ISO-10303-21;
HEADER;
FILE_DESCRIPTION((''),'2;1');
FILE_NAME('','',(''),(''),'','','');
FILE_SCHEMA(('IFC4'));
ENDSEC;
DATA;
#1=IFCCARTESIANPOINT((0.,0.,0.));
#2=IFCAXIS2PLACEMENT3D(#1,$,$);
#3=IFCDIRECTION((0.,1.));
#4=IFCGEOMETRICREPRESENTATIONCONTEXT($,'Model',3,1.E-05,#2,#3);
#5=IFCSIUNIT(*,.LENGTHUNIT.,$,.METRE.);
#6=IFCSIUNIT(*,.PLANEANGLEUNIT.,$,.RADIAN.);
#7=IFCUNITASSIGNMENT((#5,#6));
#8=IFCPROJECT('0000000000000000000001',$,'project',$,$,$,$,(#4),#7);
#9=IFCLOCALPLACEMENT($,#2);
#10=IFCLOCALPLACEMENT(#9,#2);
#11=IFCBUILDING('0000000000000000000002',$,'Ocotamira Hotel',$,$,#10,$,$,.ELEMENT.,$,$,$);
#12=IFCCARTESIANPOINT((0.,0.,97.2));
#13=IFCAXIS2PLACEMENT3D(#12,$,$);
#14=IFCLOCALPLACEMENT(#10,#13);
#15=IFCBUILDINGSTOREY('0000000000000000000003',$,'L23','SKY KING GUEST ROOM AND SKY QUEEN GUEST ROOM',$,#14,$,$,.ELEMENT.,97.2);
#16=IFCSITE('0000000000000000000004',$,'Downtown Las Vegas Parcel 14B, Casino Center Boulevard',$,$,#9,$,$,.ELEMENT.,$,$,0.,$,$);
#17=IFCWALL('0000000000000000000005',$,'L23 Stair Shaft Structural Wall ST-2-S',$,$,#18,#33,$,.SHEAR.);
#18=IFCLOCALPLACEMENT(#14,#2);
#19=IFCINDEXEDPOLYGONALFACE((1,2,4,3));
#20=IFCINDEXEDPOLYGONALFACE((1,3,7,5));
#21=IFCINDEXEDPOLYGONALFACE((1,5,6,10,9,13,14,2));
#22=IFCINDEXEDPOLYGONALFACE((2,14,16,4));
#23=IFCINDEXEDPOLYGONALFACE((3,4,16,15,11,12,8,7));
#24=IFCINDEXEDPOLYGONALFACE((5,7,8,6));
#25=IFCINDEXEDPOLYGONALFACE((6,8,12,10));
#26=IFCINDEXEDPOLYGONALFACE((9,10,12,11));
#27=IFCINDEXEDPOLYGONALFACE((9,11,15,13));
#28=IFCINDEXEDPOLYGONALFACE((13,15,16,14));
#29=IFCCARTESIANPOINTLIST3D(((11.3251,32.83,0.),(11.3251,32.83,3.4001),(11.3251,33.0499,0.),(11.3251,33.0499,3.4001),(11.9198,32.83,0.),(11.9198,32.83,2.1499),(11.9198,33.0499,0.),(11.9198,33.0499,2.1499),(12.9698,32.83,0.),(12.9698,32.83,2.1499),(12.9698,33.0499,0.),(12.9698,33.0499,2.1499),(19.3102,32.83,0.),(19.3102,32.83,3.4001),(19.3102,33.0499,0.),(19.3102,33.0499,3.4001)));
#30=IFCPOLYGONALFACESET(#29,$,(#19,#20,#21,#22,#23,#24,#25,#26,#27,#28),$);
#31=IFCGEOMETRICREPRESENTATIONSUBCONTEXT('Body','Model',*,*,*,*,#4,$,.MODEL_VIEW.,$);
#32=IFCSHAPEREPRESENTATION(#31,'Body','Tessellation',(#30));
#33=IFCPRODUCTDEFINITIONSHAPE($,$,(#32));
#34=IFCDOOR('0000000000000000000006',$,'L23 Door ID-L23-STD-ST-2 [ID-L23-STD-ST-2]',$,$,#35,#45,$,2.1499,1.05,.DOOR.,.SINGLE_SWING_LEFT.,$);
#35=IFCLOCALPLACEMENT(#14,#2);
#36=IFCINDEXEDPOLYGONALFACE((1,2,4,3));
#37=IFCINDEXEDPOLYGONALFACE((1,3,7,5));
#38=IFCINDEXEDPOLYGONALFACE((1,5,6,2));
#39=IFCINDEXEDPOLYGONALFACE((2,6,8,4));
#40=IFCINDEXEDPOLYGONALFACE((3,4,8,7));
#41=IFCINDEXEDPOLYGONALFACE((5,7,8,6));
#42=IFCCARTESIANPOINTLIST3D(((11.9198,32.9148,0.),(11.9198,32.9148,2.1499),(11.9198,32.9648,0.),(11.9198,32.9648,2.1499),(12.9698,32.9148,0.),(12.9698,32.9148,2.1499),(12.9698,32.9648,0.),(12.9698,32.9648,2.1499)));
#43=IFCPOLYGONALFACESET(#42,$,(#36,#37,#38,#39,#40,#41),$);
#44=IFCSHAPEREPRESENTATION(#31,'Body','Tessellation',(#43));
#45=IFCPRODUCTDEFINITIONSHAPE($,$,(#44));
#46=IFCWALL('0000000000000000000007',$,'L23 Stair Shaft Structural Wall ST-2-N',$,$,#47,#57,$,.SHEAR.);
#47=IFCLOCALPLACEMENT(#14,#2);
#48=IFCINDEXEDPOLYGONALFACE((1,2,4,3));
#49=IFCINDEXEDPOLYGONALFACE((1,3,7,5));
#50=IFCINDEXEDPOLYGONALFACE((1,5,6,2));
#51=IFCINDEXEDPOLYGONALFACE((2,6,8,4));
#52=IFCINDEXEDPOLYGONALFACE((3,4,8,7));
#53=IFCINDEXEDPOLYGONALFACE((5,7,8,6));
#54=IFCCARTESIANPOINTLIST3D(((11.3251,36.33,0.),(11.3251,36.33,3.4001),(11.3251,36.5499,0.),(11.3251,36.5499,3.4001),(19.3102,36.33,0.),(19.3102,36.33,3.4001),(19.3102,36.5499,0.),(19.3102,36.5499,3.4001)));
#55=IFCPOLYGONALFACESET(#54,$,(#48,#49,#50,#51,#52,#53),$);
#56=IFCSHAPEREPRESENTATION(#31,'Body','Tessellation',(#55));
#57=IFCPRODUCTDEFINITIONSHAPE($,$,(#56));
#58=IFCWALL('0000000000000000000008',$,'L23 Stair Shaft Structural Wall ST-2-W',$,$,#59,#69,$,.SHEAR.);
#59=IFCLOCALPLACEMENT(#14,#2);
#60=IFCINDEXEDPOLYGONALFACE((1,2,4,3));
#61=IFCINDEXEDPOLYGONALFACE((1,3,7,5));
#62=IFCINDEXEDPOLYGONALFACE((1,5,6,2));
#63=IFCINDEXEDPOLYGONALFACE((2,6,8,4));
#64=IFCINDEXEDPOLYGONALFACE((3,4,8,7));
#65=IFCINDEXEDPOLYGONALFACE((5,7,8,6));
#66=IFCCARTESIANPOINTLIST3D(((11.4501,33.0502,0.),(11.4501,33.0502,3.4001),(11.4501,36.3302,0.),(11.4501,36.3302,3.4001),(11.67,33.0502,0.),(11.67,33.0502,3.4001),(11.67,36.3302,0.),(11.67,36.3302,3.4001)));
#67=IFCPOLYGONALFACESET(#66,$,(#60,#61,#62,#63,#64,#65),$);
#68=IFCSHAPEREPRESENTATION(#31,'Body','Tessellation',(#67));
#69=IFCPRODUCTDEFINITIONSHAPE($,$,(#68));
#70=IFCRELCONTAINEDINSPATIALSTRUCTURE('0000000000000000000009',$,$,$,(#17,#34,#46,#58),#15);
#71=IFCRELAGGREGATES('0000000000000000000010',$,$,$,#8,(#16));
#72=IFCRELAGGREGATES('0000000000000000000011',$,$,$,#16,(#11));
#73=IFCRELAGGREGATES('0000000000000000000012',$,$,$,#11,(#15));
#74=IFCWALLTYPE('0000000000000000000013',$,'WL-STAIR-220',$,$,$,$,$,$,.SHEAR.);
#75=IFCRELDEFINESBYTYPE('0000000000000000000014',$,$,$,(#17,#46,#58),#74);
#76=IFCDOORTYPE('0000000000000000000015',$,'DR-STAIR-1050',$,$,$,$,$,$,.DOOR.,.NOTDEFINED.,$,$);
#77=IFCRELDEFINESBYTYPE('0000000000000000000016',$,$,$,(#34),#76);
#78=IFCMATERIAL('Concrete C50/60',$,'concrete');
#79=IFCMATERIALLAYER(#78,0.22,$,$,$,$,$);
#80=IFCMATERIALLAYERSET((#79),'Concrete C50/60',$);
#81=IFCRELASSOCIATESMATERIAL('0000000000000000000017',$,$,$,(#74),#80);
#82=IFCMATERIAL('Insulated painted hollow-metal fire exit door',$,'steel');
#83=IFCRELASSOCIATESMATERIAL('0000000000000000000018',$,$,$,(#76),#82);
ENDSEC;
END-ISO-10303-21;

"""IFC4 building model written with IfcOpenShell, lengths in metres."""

from ifc_helpers import new_model, si_unit, direction, frame, frame_2d, origin, place, context, subcontext, project, spatial, rectangle, extrude, source, transform, mapped, material, layer, layer_set, type_object, element, fill, save


model = new_model("IFC4")

# Units and contexts
model_context = context("Model", 3, precision=1e-05, world=origin(), true_north=direction((0.0, 1.0)))
body_context = subcontext(model_context, "Body", "Model", "MODEL_VIEW")
ifc_project = project(units=[si_unit("LENGTHUNIT", "METRE"), si_unit("PLANEANGLEUNIT", "RADIAN")], contexts=[model_context])

# Site, building, storey
site_placement = place(None, origin())
site = spatial("IfcSite", under=ifc_project, at=site_placement, Name="Downtown Las Vegas Parcel 14B, Casino Center Boulevard", CompositionType="ELEMENT", RefElevation=0.0)
building_placement = place(site_placement, origin())
building = spatial("IfcBuilding", under=site, at=building_placement, Name="Ocotamira Hotel", CompositionType="ELEMENT")
storey_placement = place(building_placement, frame((0.0, 0.0, 97.2)))
storey = spatial("IfcBuildingStorey", under=building, at=storey_placement, Name="L23", Description="SKY KING GUEST ROOM AND SKY QUEEN GUEST ROOM", CompositionType="ELEMENT", Elevation=97.2)

# Wall, opening, door
ifc_material_1 = material(Name="Concrete C50/60", Category="concrete")
ifc_layer_1 = layer(ifc_material_1, 0.22)
ifc_layer_set_1 = layer_set([ifc_layer_1], Name="Concrete C50/60")
wall_type_1 = type_object("IfcWallType", Name="WL-STAIR-220", PredefinedType="SHEAR", material=ifc_layer_set_1)
wall_1_placement = place(storey_placement, frame((11.325, 32.9399, 0.0), z_axis=(0.0, 0.0, 1.0), x_axis=(1.0, 0.0, 0.0)))
wall_1 = element("IfcWall", 1, at=wall_1_placement, inside=storey, type_object=wall_type_1, Name="L23 Stair Shaft Structural Wall ST-2-S", PredefinedType="SHEAR", context=body_context, shape_type="SweptSolid", body=[
    extrude(rectangle(XDim=7.9851, YDim=0.22, at=frame_2d((3.9927, 0.0))), origin(), (0.0, 0.0, 1.0), 3.4001),
])
opening_1_placement = place(wall_1_placement, frame((0.595, 0.0, 0.0)))
opening_1 = element("IfcOpeningElement", 2, at=opening_1_placement, cuts=wall_1, PredefinedType="OPENING", context=body_context, shape_type="SweptSolid", body=[
    extrude(rectangle(XDim=1.05, YDim=2.1499, at=frame_2d((0.5249, 1.075))), frame((0.0, 0.1201, 0.0), z_axis=(0.0, -1.0, 0.0), x_axis=(1.0, 0.0, 0.0)), (0.0, 0.0, 1.0), 0.24),
])
ifc_material_2 = material(Name="Insulated painted hollow-metal fire exit door", Category="steel")
door_type_1 = type_object("IfcDoorType", Name="DR-STAIR-1050", OperationType="NOTDEFINED", PredefinedType="DOOR", material=ifc_material_2)
shared_shape_1 = source(origin(), body_context, "Body", "SweptSolid", [
    extrude(rectangle(XDim=1.05, YDim=2.1499, at=frame_2d((0.5249, 1.075))), frame((0.0, 0.0249, 0.0), z_axis=(0.0, -1.0, 0.0), x_axis=(1.0, 0.0, 0.0)), (0.0, 0.0, 1.0), 0.05),
])
door_1_placement = place(opening_1_placement, origin())
door_1 = element("IfcDoor", 3, at=door_1_placement, inside=storey, type_object=door_type_1, Name="L23 Door ID-L23-STD-ST-2 [ID-L23-STD-ST-2]", OperationType="SINGLE_SWING_LEFT", OverallHeight=2.1499, OverallWidth=1.05, PredefinedType="DOOR", context=body_context, shape_type="MappedRepresentation", body=[
    mapped(shared_shape_1, transform((0.0, 0.0, 0.0), scale=1.0)),
])
fill(opening_1, door_1)

# Walls
wall_2_placement = place(storey_placement, frame((11.325, 36.4399, 0.0), z_axis=(0.0, 0.0, 1.0), x_axis=(1.0, 0.0, 0.0)))
element("IfcWall", 4, at=wall_2_placement, inside=storey, type_object=wall_type_1, Name="L23 Stair Shaft Structural Wall ST-2-N", PredefinedType="SHEAR", context=body_context, shape_type="SweptSolid", body=[
    extrude(rectangle(XDim=7.9851, YDim=0.22, at=frame_2d((3.9927, 0.0))), origin(), (0.0, 0.0, 1.0), 3.4001),
])
wall_3_placement = place(storey_placement, frame((11.5601, 33.05, 0.0), z_axis=(0.0, 0.0, 1.0), x_axis=(0.0, 1.0, 0.0)))
element("IfcWall", 5, at=wall_3_placement, inside=storey, type_object=wall_type_1, Name="L23 Stair Shaft Structural Wall ST-2-W", PredefinedType="SHEAR", context=body_context, shape_type="SweptSolid", body=[
    extrude(rectangle(XDim=3.28, YDim=0.22, at=frame_2d((1.6401, 0.0))), origin(), (0.0, 0.0, 1.0), 3.4001),
])

save(model, "model.ifc")
